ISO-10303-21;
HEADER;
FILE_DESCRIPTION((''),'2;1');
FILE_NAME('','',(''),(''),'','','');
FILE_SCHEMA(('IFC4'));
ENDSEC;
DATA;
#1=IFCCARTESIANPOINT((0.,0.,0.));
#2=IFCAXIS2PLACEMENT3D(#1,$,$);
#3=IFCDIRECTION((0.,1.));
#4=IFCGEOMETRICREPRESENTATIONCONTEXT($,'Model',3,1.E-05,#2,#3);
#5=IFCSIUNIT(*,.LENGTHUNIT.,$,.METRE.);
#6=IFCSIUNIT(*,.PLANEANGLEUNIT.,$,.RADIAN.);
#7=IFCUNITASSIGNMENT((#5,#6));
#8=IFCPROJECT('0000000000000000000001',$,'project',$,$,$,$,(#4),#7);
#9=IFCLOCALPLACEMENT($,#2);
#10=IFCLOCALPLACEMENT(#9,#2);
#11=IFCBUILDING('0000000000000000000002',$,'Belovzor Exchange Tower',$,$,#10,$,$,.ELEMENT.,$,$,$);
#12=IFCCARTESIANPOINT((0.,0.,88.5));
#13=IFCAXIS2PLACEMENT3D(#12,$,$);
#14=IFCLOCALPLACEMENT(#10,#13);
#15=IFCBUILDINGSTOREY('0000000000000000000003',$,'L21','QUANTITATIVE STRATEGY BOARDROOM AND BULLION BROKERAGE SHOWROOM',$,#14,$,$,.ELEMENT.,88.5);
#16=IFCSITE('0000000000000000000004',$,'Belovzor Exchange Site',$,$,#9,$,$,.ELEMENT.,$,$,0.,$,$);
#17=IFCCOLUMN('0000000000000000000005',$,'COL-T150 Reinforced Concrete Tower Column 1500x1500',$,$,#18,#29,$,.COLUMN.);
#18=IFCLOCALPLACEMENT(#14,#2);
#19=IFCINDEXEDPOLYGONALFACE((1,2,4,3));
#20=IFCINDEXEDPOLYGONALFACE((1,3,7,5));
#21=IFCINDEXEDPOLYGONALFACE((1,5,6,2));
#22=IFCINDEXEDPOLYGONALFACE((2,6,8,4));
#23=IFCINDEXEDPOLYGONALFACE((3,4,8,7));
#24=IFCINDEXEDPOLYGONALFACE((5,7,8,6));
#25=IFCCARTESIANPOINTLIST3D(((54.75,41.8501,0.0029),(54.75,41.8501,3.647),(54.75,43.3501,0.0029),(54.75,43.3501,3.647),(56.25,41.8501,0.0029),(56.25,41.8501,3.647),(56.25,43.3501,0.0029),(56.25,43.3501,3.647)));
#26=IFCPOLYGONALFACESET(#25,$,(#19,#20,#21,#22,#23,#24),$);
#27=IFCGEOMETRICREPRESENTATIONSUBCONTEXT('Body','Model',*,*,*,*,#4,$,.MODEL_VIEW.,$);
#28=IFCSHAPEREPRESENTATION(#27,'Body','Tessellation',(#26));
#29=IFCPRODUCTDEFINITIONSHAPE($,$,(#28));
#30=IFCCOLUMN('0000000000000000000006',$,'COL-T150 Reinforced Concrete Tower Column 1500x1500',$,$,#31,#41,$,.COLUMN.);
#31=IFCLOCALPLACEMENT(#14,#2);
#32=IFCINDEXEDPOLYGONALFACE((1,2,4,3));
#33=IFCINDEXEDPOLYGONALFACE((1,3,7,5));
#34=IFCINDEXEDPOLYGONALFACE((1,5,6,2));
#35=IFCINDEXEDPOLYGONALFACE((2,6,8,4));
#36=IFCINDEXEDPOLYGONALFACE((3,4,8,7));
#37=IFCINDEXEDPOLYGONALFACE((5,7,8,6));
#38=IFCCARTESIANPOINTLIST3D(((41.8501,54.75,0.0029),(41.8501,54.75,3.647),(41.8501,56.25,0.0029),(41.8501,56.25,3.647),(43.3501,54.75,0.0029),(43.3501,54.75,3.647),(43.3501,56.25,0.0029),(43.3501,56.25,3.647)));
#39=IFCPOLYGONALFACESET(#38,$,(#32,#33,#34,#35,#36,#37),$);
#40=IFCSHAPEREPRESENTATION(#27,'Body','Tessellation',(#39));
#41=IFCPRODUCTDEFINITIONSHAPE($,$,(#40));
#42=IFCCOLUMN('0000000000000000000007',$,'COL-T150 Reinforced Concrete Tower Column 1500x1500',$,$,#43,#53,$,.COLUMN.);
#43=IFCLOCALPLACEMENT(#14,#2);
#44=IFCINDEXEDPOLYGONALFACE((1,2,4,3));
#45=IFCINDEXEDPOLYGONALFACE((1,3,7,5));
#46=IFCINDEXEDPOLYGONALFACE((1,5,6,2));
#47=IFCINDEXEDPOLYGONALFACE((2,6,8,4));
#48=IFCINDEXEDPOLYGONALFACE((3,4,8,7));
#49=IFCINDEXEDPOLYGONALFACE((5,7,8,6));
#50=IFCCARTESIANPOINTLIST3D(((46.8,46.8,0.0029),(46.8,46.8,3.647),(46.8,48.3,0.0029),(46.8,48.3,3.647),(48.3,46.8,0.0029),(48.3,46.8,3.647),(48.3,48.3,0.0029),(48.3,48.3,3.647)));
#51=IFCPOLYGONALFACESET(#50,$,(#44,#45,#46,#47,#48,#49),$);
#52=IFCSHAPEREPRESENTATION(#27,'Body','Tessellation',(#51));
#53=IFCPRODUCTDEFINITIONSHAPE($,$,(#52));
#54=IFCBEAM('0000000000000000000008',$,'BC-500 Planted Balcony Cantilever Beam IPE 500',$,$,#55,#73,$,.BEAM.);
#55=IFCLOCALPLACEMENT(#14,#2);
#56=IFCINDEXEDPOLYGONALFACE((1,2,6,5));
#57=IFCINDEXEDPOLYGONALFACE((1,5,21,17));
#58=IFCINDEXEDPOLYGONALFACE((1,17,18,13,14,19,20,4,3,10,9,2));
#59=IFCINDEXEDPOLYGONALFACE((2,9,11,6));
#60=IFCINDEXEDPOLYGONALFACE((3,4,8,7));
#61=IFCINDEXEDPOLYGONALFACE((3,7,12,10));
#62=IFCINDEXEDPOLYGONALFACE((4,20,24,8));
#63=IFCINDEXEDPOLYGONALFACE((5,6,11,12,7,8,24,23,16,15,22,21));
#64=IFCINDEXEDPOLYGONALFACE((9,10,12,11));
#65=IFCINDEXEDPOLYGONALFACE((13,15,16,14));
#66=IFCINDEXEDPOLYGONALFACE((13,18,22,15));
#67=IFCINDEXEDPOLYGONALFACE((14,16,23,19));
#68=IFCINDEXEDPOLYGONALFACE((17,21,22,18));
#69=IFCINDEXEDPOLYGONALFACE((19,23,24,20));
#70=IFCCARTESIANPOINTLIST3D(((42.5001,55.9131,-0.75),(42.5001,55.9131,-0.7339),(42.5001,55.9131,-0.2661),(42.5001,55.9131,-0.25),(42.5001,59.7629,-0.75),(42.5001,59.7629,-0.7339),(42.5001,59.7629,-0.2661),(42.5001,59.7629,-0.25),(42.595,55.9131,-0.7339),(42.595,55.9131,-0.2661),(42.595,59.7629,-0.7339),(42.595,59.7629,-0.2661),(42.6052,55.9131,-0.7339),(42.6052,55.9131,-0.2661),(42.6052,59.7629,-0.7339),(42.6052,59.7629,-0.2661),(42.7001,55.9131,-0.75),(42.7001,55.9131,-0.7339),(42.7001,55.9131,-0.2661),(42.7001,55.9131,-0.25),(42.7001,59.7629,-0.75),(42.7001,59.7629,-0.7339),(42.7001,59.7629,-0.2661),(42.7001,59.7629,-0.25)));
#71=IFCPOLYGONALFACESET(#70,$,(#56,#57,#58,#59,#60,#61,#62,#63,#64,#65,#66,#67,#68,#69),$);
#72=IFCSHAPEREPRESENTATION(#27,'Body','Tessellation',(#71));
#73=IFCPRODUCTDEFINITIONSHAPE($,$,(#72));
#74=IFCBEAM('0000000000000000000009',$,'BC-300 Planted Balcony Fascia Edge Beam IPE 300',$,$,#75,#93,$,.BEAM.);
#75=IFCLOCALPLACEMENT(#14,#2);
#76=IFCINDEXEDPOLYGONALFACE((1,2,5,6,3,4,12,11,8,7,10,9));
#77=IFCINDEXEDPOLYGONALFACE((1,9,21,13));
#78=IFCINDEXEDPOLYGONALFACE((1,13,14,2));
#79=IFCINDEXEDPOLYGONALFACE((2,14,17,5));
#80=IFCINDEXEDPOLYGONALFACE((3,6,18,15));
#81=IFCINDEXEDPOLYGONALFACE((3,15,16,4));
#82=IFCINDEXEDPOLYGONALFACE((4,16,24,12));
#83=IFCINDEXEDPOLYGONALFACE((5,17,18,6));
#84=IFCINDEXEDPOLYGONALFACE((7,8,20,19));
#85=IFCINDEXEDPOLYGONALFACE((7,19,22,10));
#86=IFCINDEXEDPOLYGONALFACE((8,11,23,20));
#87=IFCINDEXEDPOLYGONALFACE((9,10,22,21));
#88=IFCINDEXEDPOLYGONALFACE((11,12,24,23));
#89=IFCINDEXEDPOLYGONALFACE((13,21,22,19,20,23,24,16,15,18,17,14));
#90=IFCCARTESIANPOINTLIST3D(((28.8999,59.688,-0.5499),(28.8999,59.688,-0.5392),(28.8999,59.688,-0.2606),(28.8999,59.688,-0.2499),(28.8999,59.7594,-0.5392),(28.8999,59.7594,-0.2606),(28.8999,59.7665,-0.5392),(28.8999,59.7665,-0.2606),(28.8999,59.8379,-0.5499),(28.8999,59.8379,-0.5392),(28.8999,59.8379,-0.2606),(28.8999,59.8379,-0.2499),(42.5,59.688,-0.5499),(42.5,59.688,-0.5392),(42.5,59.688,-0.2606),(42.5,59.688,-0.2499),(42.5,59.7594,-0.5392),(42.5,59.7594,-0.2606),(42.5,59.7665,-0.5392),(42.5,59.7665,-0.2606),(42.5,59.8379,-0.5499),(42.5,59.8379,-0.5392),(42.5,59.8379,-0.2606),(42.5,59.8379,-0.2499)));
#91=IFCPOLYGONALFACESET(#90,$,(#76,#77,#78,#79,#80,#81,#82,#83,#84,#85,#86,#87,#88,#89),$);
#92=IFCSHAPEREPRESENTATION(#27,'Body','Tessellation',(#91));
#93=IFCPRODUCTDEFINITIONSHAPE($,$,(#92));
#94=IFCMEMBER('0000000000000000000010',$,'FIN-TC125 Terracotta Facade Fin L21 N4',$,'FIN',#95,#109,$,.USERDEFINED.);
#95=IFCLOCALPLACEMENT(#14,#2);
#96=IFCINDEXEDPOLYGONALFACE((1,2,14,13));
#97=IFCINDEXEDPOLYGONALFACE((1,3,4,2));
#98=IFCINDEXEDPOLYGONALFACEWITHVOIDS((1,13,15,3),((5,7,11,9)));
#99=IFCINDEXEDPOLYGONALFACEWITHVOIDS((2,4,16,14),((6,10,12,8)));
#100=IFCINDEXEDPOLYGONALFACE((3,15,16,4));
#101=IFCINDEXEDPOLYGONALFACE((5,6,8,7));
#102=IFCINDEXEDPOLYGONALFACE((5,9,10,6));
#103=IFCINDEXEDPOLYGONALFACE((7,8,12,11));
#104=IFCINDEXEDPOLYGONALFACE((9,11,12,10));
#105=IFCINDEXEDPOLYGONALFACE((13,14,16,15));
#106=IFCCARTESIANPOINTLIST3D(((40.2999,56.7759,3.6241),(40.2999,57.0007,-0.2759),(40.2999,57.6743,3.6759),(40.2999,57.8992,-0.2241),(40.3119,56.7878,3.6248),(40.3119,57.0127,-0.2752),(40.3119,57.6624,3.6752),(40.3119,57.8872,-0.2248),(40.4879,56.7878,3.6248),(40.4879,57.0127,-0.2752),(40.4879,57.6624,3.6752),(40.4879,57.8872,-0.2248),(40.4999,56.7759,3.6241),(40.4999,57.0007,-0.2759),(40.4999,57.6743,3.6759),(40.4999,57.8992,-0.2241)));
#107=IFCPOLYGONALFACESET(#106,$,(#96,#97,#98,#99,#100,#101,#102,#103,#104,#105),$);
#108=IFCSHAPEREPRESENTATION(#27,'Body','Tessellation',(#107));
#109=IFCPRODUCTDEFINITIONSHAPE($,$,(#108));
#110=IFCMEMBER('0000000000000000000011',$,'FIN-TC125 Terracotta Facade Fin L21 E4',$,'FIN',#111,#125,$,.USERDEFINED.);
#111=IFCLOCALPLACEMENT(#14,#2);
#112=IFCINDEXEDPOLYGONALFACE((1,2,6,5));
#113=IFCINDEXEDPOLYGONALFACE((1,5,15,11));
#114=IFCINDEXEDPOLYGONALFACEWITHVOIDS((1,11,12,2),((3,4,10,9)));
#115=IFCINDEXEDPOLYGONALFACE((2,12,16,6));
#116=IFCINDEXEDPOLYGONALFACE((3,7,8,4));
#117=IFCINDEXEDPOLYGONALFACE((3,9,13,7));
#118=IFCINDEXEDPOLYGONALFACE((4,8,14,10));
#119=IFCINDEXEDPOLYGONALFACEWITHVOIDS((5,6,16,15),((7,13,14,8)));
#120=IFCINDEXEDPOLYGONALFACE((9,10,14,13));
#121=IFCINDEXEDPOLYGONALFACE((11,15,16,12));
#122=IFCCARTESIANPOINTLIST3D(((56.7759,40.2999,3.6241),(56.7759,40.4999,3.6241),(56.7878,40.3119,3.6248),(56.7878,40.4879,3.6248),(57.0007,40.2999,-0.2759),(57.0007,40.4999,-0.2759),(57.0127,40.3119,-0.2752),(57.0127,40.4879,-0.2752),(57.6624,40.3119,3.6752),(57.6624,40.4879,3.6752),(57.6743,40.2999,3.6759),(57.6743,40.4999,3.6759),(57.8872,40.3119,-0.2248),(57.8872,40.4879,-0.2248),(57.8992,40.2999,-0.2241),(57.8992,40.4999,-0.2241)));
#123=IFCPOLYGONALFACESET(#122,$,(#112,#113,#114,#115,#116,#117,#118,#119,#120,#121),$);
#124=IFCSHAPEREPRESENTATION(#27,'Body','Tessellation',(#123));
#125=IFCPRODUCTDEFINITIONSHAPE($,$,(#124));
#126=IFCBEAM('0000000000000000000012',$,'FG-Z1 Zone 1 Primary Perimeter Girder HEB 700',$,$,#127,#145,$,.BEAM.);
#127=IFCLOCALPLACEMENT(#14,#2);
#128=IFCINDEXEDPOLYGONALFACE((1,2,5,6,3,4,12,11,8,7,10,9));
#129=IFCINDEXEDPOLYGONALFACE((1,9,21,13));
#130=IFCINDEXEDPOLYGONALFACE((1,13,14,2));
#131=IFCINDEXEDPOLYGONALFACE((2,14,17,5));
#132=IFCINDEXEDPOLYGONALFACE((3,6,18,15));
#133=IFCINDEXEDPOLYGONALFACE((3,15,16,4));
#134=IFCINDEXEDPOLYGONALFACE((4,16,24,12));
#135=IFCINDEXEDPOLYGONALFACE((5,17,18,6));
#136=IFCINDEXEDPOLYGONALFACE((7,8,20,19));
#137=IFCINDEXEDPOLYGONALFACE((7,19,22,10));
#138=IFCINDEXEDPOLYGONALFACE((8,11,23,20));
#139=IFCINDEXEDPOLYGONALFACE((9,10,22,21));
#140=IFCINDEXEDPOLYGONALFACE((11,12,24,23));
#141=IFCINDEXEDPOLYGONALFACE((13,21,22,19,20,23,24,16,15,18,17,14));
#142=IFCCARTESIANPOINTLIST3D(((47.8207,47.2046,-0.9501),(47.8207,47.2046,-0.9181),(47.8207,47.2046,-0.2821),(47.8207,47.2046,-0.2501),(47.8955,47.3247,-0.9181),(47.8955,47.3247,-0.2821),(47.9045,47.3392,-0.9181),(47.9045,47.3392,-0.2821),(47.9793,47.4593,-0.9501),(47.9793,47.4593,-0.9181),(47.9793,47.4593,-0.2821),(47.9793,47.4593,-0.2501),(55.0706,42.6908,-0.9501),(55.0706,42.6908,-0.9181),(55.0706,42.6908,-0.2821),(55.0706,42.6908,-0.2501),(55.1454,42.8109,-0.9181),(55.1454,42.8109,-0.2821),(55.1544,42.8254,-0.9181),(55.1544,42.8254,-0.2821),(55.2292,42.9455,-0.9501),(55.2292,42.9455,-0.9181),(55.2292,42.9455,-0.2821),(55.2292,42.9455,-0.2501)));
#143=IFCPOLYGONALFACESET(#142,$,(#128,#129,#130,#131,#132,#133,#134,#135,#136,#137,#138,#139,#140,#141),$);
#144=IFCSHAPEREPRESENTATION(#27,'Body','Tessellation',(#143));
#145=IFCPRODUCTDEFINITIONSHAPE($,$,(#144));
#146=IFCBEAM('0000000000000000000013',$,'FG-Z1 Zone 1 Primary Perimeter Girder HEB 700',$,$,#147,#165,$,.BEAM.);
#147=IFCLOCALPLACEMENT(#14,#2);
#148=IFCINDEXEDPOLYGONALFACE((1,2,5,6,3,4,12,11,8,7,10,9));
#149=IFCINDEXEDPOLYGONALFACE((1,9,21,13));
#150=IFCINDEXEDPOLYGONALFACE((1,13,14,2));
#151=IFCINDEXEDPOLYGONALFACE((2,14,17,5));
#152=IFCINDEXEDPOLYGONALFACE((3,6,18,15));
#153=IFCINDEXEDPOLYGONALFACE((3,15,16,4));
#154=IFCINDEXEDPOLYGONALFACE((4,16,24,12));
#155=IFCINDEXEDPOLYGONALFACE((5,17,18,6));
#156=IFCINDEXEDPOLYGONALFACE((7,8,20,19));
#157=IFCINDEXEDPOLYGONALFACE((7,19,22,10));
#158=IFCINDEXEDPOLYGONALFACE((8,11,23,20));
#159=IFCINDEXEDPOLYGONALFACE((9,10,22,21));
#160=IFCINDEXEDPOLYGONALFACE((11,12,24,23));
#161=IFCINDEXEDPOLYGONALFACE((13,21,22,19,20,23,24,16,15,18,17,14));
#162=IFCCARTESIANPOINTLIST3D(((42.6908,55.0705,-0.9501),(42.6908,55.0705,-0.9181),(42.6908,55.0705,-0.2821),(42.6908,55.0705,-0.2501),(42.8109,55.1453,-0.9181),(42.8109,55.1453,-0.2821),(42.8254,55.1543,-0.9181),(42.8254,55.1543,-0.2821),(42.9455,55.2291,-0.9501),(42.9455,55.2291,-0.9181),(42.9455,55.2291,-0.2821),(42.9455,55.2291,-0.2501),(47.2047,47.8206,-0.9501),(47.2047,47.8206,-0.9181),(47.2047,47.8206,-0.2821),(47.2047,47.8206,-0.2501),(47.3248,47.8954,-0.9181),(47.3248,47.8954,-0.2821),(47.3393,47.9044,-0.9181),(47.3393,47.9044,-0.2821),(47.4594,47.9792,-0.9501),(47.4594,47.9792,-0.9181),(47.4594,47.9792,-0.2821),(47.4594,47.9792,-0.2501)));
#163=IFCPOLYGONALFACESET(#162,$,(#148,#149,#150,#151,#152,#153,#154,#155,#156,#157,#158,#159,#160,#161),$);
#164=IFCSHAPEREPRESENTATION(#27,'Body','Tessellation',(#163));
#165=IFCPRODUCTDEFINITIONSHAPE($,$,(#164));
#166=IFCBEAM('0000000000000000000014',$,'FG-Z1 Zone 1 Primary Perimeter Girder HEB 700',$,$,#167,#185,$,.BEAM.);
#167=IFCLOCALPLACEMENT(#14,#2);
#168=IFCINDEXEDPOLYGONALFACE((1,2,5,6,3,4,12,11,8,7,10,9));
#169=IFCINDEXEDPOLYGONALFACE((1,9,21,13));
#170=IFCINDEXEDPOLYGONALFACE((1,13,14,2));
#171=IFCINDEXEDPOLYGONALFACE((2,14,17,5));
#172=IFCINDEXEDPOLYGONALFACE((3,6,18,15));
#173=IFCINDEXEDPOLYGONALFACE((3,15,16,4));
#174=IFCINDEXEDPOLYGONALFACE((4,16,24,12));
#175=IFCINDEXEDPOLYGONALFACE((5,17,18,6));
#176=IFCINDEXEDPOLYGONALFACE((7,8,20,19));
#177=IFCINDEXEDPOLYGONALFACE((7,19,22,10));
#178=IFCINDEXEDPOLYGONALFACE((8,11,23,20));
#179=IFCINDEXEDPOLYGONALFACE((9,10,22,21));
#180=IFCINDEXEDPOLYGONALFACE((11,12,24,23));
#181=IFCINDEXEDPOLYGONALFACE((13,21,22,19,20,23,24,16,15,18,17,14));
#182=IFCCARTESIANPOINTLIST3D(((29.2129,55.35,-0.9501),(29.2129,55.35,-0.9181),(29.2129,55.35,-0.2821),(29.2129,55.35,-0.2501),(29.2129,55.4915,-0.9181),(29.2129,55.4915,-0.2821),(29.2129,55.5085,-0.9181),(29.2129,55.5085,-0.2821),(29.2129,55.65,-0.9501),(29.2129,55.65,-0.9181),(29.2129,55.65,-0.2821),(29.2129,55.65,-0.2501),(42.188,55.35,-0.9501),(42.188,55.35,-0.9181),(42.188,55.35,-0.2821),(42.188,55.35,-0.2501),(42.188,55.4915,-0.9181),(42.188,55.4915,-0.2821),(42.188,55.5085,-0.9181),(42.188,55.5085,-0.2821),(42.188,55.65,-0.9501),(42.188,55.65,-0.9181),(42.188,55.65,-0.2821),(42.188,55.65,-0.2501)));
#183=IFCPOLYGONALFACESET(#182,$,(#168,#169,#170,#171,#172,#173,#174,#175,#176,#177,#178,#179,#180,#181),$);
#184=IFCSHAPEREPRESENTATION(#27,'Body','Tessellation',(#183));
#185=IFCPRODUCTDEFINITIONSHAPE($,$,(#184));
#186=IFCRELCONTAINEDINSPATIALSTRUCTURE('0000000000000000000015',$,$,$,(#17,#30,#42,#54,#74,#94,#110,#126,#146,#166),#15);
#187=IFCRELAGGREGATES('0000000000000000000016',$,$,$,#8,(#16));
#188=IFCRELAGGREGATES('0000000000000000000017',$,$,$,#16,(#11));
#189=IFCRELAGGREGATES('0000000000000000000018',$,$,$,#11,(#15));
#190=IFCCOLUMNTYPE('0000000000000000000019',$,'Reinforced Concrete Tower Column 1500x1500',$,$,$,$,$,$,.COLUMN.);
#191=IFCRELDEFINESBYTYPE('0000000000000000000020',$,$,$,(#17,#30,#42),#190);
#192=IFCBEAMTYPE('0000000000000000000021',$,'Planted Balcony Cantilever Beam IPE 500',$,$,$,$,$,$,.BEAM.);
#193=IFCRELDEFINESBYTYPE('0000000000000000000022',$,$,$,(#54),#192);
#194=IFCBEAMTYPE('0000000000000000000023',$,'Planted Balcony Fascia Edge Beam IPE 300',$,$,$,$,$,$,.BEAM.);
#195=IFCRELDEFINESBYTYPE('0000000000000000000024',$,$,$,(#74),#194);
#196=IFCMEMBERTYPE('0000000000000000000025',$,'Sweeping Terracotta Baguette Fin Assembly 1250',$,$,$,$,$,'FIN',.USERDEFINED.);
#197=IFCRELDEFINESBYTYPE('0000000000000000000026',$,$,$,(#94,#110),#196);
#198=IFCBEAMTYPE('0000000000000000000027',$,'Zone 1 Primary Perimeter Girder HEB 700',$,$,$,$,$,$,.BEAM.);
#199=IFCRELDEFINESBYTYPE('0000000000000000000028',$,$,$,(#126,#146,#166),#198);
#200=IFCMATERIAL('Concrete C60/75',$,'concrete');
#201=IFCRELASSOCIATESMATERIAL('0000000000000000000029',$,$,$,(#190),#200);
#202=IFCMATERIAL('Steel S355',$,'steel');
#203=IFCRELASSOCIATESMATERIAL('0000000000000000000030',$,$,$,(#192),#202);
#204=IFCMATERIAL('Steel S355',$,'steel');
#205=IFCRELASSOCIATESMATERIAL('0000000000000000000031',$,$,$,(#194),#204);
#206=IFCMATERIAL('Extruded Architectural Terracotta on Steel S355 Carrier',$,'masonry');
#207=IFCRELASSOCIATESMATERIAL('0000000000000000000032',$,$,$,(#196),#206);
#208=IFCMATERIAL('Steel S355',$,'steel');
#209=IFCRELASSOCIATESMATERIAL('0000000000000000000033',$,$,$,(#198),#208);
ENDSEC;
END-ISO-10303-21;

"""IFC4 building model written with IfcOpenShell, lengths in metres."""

from ifc_helpers import new_model, si_unit, direction, frame, origin, origin_2d, place, context, subcontext, project, spatial, rectangle, hollow_rectangle, i_section, extrude, material, material_profile, profile_set, type_object, element, save


model = new_model("IFC4")

# Units and contexts
model_context = context("Model", 3, precision=1e-05, world=origin(), true_north=direction((0.0, 1.0)))
body_context = subcontext(model_context, "Body", "Model", "MODEL_VIEW")
ifc_project = project(units=[si_unit("LENGTHUNIT", "METRE"), si_unit("PLANEANGLEUNIT", "RADIAN")], contexts=[model_context])

# Site, building, storey
site_placement = place(None, origin())
site = spatial("IfcSite", under=ifc_project, at=site_placement, Name="Belovzor Exchange Site", CompositionType="ELEMENT", RefElevation=0.0)
building_placement = place(site_placement, origin())
building = spatial("IfcBuilding", under=site, at=building_placement, Name="Belovzor Exchange Tower", CompositionType="ELEMENT")
storey_placement = place(building_placement, frame((0.0, 0.0, 88.5)))
storey = spatial("IfcBuildingStorey", under=building, at=storey_placement, Name="L21", Description="QUANTITATIVE STRATEGY BOARDROOM AND BULLION BROKERAGE SHOWROOM", CompositionType="ELEMENT", Elevation=88.5)

# Columns
ifc_material_1 = material(Name="Concrete C60/75", Category="concrete")
ifc_material_profile_1 = material_profile(ifc_material_1, rectangle(XDim=1.5, YDim=1.5, at=origin_2d()))
ifc_profile_set_1 = profile_set([ifc_material_profile_1], Name="Concrete C60/75")
column_type = type_object("IfcColumnType", Name="Reinforced Concrete Tower Column 1500x1500", PredefinedType="COLUMN", material=ifc_profile_set_1)
for number, where, z_axis, x_axis, name in (
    (1, (55.5, 42.6001, 0.0029), (0.0, 0.0, 1.0), (1.0, 0.0, 0.0), "COL-T150 Reinforced Concrete Tower Column 1500x1500"),
    (2, (42.6001, 55.5, 0.0029), (0.0, 0.0, 1.0), (1.0, 0.0, 0.0), "COL-T150 Reinforced Concrete Tower Column 1500x1500"),
    (3, (47.55, 47.55, 0.0029), (0.0, 0.0, 1.0), (1.0, 0.0, 0.0), "COL-T150 Reinforced Concrete Tower Column 1500x1500"),
):
    element("IfcColumn", number, at=place(storey_placement, frame(where, z_axis=z_axis, x_axis=x_axis)), inside=storey, type_object=column_type, Name=name, PredefinedType="COLUMN", context=body_context, shape_type="SweptSolid", body=[
        extrude(rectangle(XDim=1.5, YDim=1.5, at=origin_2d()), origin(), (0.0, 0.0, 1.0), 3.644),
    ])

# Beams
ifc_material_2 = material(Name="Steel S355", Category="steel")
ifc_material_profile_2 = material_profile(ifc_material_2, i_section(OverallWidth=0.2, OverallDepth=0.5, WebThickness=0.0103, FlangeThickness=0.0161, at=origin_2d()))
ifc_profile_set_2 = profile_set([ifc_material_profile_2], Name="Steel S355")
beam_type_1 = type_object("IfcBeamType", Name="Planted Balcony Cantilever Beam IPE 500", PredefinedType="BEAM", material=ifc_profile_set_2)
beam_1_placement = place(storey_placement, frame((42.6001, 55.9131, -0.5), z_axis=(0.0, 1.0, 0.0), x_axis=(-1.0, 0.0, 0.0)))
element("IfcBeam", 4, at=beam_1_placement, inside=storey, type_object=beam_type_1, Name="BC-500 Planted Balcony Cantilever Beam IPE 500", PredefinedType="BEAM", context=body_context, shape_type="SweptSolid", body=[
    extrude(i_section(OverallWidth=0.2, OverallDepth=0.5, WebThickness=0.0103, FlangeThickness=0.0161, at=origin_2d()), origin(), (0.0, 0.0, 1.0), 3.8499),
])
ifc_material_3 = material(Name="Steel S355", Category="steel")
ifc_material_profile_3 = material_profile(ifc_material_3, i_section(OverallWidth=0.1499, OverallDepth=0.3, WebThickness=0.0071, FlangeThickness=0.0107, at=origin_2d()))
ifc_profile_set_3 = profile_set([ifc_material_profile_3], Name="Steel S355")
beam_type_2 = type_object("IfcBeamType", Name="Planted Balcony Fascia Edge Beam IPE 300", PredefinedType="BEAM", material=ifc_profile_set_3)
beam_2_placement = place(storey_placement, frame((42.5, 59.7629, -0.3999), z_axis=(-1.0, 0.0, 0.0), x_axis=(0.0, -1.0, 0.0)))
element("IfcBeam", 5, at=beam_2_placement, inside=storey, type_object=beam_type_2, Name="BC-300 Planted Balcony Fascia Edge Beam IPE 300", PredefinedType="BEAM", context=body_context, shape_type="SweptSolid", body=[
    extrude(i_section(OverallWidth=0.1499, OverallDepth=0.3, WebThickness=0.0071, FlangeThickness=0.0107, at=origin_2d()), origin(), (0.0, 0.0, 1.0), 13.6001),
])

# Members
ifc_material_4 = material(Name="Extruded Architectural Terracotta on Steel S355 Carrier", Category="masonry")
ifc_material_profile_4 = material_profile(ifc_material_4, hollow_rectangle(XDim=0.2, YDim=0.8999, WallThickness=0.012, at=origin_2d()))
ifc_profile_set_4 = profile_set([ifc_material_profile_4], Name="Extruded Architectural Terracotta on Steel S355 Carrier")
member_type = type_object("IfcMemberType", Name="Sweeping Terracotta Baguette Fin Assembly 1250", ElementType="FIN", PredefinedType="USERDEFINED", material=ifc_profile_set_4)
for number, where, z_axis, x_axis, name in (
    (6, (40.3999, 57.45, -0.25), (0.0, -0.057561, 0.998342), (1.0, 0.0, 0.0), "FIN-TC125 Terracotta Facade Fin L21 N4"),
    (7, (57.45, 40.3999, -0.25), (-0.057561, 0.0, 0.998342), (0.0, -1.0, 0.0), "FIN-TC125 Terracotta Facade Fin L21 E4"),
):
    element("IfcMember", number, at=place(storey_placement, frame(where, z_axis=z_axis, x_axis=x_axis)), inside=storey, type_object=member_type, Name=name, ObjectType="FIN", PredefinedType="USERDEFINED", context=body_context, shape_type="SweptSolid", body=[
        extrude(hollow_rectangle(XDim=0.2, YDim=0.8999, WallThickness=0.012, at=origin_2d()), origin(), (0.0, 0.0, 1.0), 3.9065),
    ])

# Beams
ifc_material_5 = material(Name="Steel S355", Category="steel")
ifc_material_profile_5 = material_profile(ifc_material_5, i_section(OverallWidth=0.3, OverallDepth=0.7, WebThickness=0.0171, FlangeThickness=0.032, at=origin_2d()))
ifc_profile_set_5 = profile_set([ifc_material_profile_5], Name="Steel S355")
beam_type_3 = type_object("IfcBeamType", Name="Zone 1 Primary Perimeter Girder HEB 700", PredefinedType="BEAM", material=ifc_profile_set_5)
for number, where, z_axis, x_axis, name in (
    (8, (55.1499, 42.8181, -0.6001), (-0.848909, 0.528539, 0.0), (-0.528539, -0.848909, 0.0), "FG-Z1 Zone 1 Primary Perimeter Girder HEB 700"),
    (9, (47.332, 47.8999, -0.6001), (-0.528539, 0.848909, 0.0), (-0.848909, -0.528539, 0.0), "FG-Z1 Zone 1 Primary Perimeter Girder HEB 700"),
):
    element("IfcBeam", number, at=place(storey_placement, frame(where, z_axis=z_axis, x_axis=x_axis)), inside=storey, type_object=beam_type_3, Name=name, PredefinedType="BEAM", context=body_context, shape_type="SweptSolid", body=[
        extrude(i_section(OverallWidth=0.3, OverallDepth=0.7, WebThickness=0.0171, FlangeThickness=0.032, at=origin_2d()), origin(), (0.0, 0.0, 1.0), 8.5403),
    ])
beam_3_placement = place(storey_placement, frame((42.188, 55.5, -0.6001), z_axis=(-1.0, 0.0, 0.0), x_axis=(0.0, -1.0, 0.0)))
element("IfcBeam", 10, at=beam_3_placement, inside=storey, type_object=beam_type_3, Name="FG-Z1 Zone 1 Primary Perimeter Girder HEB 700", PredefinedType="BEAM", context=body_context, shape_type="SweptSolid", body=[
    extrude(i_section(OverallWidth=0.3, OverallDepth=0.7, WebThickness=0.0171, FlangeThickness=0.032, at=origin_2d()), origin(), (0.0, 0.0, 1.0), 12.9751),
])

save(model, "model.ifc")
